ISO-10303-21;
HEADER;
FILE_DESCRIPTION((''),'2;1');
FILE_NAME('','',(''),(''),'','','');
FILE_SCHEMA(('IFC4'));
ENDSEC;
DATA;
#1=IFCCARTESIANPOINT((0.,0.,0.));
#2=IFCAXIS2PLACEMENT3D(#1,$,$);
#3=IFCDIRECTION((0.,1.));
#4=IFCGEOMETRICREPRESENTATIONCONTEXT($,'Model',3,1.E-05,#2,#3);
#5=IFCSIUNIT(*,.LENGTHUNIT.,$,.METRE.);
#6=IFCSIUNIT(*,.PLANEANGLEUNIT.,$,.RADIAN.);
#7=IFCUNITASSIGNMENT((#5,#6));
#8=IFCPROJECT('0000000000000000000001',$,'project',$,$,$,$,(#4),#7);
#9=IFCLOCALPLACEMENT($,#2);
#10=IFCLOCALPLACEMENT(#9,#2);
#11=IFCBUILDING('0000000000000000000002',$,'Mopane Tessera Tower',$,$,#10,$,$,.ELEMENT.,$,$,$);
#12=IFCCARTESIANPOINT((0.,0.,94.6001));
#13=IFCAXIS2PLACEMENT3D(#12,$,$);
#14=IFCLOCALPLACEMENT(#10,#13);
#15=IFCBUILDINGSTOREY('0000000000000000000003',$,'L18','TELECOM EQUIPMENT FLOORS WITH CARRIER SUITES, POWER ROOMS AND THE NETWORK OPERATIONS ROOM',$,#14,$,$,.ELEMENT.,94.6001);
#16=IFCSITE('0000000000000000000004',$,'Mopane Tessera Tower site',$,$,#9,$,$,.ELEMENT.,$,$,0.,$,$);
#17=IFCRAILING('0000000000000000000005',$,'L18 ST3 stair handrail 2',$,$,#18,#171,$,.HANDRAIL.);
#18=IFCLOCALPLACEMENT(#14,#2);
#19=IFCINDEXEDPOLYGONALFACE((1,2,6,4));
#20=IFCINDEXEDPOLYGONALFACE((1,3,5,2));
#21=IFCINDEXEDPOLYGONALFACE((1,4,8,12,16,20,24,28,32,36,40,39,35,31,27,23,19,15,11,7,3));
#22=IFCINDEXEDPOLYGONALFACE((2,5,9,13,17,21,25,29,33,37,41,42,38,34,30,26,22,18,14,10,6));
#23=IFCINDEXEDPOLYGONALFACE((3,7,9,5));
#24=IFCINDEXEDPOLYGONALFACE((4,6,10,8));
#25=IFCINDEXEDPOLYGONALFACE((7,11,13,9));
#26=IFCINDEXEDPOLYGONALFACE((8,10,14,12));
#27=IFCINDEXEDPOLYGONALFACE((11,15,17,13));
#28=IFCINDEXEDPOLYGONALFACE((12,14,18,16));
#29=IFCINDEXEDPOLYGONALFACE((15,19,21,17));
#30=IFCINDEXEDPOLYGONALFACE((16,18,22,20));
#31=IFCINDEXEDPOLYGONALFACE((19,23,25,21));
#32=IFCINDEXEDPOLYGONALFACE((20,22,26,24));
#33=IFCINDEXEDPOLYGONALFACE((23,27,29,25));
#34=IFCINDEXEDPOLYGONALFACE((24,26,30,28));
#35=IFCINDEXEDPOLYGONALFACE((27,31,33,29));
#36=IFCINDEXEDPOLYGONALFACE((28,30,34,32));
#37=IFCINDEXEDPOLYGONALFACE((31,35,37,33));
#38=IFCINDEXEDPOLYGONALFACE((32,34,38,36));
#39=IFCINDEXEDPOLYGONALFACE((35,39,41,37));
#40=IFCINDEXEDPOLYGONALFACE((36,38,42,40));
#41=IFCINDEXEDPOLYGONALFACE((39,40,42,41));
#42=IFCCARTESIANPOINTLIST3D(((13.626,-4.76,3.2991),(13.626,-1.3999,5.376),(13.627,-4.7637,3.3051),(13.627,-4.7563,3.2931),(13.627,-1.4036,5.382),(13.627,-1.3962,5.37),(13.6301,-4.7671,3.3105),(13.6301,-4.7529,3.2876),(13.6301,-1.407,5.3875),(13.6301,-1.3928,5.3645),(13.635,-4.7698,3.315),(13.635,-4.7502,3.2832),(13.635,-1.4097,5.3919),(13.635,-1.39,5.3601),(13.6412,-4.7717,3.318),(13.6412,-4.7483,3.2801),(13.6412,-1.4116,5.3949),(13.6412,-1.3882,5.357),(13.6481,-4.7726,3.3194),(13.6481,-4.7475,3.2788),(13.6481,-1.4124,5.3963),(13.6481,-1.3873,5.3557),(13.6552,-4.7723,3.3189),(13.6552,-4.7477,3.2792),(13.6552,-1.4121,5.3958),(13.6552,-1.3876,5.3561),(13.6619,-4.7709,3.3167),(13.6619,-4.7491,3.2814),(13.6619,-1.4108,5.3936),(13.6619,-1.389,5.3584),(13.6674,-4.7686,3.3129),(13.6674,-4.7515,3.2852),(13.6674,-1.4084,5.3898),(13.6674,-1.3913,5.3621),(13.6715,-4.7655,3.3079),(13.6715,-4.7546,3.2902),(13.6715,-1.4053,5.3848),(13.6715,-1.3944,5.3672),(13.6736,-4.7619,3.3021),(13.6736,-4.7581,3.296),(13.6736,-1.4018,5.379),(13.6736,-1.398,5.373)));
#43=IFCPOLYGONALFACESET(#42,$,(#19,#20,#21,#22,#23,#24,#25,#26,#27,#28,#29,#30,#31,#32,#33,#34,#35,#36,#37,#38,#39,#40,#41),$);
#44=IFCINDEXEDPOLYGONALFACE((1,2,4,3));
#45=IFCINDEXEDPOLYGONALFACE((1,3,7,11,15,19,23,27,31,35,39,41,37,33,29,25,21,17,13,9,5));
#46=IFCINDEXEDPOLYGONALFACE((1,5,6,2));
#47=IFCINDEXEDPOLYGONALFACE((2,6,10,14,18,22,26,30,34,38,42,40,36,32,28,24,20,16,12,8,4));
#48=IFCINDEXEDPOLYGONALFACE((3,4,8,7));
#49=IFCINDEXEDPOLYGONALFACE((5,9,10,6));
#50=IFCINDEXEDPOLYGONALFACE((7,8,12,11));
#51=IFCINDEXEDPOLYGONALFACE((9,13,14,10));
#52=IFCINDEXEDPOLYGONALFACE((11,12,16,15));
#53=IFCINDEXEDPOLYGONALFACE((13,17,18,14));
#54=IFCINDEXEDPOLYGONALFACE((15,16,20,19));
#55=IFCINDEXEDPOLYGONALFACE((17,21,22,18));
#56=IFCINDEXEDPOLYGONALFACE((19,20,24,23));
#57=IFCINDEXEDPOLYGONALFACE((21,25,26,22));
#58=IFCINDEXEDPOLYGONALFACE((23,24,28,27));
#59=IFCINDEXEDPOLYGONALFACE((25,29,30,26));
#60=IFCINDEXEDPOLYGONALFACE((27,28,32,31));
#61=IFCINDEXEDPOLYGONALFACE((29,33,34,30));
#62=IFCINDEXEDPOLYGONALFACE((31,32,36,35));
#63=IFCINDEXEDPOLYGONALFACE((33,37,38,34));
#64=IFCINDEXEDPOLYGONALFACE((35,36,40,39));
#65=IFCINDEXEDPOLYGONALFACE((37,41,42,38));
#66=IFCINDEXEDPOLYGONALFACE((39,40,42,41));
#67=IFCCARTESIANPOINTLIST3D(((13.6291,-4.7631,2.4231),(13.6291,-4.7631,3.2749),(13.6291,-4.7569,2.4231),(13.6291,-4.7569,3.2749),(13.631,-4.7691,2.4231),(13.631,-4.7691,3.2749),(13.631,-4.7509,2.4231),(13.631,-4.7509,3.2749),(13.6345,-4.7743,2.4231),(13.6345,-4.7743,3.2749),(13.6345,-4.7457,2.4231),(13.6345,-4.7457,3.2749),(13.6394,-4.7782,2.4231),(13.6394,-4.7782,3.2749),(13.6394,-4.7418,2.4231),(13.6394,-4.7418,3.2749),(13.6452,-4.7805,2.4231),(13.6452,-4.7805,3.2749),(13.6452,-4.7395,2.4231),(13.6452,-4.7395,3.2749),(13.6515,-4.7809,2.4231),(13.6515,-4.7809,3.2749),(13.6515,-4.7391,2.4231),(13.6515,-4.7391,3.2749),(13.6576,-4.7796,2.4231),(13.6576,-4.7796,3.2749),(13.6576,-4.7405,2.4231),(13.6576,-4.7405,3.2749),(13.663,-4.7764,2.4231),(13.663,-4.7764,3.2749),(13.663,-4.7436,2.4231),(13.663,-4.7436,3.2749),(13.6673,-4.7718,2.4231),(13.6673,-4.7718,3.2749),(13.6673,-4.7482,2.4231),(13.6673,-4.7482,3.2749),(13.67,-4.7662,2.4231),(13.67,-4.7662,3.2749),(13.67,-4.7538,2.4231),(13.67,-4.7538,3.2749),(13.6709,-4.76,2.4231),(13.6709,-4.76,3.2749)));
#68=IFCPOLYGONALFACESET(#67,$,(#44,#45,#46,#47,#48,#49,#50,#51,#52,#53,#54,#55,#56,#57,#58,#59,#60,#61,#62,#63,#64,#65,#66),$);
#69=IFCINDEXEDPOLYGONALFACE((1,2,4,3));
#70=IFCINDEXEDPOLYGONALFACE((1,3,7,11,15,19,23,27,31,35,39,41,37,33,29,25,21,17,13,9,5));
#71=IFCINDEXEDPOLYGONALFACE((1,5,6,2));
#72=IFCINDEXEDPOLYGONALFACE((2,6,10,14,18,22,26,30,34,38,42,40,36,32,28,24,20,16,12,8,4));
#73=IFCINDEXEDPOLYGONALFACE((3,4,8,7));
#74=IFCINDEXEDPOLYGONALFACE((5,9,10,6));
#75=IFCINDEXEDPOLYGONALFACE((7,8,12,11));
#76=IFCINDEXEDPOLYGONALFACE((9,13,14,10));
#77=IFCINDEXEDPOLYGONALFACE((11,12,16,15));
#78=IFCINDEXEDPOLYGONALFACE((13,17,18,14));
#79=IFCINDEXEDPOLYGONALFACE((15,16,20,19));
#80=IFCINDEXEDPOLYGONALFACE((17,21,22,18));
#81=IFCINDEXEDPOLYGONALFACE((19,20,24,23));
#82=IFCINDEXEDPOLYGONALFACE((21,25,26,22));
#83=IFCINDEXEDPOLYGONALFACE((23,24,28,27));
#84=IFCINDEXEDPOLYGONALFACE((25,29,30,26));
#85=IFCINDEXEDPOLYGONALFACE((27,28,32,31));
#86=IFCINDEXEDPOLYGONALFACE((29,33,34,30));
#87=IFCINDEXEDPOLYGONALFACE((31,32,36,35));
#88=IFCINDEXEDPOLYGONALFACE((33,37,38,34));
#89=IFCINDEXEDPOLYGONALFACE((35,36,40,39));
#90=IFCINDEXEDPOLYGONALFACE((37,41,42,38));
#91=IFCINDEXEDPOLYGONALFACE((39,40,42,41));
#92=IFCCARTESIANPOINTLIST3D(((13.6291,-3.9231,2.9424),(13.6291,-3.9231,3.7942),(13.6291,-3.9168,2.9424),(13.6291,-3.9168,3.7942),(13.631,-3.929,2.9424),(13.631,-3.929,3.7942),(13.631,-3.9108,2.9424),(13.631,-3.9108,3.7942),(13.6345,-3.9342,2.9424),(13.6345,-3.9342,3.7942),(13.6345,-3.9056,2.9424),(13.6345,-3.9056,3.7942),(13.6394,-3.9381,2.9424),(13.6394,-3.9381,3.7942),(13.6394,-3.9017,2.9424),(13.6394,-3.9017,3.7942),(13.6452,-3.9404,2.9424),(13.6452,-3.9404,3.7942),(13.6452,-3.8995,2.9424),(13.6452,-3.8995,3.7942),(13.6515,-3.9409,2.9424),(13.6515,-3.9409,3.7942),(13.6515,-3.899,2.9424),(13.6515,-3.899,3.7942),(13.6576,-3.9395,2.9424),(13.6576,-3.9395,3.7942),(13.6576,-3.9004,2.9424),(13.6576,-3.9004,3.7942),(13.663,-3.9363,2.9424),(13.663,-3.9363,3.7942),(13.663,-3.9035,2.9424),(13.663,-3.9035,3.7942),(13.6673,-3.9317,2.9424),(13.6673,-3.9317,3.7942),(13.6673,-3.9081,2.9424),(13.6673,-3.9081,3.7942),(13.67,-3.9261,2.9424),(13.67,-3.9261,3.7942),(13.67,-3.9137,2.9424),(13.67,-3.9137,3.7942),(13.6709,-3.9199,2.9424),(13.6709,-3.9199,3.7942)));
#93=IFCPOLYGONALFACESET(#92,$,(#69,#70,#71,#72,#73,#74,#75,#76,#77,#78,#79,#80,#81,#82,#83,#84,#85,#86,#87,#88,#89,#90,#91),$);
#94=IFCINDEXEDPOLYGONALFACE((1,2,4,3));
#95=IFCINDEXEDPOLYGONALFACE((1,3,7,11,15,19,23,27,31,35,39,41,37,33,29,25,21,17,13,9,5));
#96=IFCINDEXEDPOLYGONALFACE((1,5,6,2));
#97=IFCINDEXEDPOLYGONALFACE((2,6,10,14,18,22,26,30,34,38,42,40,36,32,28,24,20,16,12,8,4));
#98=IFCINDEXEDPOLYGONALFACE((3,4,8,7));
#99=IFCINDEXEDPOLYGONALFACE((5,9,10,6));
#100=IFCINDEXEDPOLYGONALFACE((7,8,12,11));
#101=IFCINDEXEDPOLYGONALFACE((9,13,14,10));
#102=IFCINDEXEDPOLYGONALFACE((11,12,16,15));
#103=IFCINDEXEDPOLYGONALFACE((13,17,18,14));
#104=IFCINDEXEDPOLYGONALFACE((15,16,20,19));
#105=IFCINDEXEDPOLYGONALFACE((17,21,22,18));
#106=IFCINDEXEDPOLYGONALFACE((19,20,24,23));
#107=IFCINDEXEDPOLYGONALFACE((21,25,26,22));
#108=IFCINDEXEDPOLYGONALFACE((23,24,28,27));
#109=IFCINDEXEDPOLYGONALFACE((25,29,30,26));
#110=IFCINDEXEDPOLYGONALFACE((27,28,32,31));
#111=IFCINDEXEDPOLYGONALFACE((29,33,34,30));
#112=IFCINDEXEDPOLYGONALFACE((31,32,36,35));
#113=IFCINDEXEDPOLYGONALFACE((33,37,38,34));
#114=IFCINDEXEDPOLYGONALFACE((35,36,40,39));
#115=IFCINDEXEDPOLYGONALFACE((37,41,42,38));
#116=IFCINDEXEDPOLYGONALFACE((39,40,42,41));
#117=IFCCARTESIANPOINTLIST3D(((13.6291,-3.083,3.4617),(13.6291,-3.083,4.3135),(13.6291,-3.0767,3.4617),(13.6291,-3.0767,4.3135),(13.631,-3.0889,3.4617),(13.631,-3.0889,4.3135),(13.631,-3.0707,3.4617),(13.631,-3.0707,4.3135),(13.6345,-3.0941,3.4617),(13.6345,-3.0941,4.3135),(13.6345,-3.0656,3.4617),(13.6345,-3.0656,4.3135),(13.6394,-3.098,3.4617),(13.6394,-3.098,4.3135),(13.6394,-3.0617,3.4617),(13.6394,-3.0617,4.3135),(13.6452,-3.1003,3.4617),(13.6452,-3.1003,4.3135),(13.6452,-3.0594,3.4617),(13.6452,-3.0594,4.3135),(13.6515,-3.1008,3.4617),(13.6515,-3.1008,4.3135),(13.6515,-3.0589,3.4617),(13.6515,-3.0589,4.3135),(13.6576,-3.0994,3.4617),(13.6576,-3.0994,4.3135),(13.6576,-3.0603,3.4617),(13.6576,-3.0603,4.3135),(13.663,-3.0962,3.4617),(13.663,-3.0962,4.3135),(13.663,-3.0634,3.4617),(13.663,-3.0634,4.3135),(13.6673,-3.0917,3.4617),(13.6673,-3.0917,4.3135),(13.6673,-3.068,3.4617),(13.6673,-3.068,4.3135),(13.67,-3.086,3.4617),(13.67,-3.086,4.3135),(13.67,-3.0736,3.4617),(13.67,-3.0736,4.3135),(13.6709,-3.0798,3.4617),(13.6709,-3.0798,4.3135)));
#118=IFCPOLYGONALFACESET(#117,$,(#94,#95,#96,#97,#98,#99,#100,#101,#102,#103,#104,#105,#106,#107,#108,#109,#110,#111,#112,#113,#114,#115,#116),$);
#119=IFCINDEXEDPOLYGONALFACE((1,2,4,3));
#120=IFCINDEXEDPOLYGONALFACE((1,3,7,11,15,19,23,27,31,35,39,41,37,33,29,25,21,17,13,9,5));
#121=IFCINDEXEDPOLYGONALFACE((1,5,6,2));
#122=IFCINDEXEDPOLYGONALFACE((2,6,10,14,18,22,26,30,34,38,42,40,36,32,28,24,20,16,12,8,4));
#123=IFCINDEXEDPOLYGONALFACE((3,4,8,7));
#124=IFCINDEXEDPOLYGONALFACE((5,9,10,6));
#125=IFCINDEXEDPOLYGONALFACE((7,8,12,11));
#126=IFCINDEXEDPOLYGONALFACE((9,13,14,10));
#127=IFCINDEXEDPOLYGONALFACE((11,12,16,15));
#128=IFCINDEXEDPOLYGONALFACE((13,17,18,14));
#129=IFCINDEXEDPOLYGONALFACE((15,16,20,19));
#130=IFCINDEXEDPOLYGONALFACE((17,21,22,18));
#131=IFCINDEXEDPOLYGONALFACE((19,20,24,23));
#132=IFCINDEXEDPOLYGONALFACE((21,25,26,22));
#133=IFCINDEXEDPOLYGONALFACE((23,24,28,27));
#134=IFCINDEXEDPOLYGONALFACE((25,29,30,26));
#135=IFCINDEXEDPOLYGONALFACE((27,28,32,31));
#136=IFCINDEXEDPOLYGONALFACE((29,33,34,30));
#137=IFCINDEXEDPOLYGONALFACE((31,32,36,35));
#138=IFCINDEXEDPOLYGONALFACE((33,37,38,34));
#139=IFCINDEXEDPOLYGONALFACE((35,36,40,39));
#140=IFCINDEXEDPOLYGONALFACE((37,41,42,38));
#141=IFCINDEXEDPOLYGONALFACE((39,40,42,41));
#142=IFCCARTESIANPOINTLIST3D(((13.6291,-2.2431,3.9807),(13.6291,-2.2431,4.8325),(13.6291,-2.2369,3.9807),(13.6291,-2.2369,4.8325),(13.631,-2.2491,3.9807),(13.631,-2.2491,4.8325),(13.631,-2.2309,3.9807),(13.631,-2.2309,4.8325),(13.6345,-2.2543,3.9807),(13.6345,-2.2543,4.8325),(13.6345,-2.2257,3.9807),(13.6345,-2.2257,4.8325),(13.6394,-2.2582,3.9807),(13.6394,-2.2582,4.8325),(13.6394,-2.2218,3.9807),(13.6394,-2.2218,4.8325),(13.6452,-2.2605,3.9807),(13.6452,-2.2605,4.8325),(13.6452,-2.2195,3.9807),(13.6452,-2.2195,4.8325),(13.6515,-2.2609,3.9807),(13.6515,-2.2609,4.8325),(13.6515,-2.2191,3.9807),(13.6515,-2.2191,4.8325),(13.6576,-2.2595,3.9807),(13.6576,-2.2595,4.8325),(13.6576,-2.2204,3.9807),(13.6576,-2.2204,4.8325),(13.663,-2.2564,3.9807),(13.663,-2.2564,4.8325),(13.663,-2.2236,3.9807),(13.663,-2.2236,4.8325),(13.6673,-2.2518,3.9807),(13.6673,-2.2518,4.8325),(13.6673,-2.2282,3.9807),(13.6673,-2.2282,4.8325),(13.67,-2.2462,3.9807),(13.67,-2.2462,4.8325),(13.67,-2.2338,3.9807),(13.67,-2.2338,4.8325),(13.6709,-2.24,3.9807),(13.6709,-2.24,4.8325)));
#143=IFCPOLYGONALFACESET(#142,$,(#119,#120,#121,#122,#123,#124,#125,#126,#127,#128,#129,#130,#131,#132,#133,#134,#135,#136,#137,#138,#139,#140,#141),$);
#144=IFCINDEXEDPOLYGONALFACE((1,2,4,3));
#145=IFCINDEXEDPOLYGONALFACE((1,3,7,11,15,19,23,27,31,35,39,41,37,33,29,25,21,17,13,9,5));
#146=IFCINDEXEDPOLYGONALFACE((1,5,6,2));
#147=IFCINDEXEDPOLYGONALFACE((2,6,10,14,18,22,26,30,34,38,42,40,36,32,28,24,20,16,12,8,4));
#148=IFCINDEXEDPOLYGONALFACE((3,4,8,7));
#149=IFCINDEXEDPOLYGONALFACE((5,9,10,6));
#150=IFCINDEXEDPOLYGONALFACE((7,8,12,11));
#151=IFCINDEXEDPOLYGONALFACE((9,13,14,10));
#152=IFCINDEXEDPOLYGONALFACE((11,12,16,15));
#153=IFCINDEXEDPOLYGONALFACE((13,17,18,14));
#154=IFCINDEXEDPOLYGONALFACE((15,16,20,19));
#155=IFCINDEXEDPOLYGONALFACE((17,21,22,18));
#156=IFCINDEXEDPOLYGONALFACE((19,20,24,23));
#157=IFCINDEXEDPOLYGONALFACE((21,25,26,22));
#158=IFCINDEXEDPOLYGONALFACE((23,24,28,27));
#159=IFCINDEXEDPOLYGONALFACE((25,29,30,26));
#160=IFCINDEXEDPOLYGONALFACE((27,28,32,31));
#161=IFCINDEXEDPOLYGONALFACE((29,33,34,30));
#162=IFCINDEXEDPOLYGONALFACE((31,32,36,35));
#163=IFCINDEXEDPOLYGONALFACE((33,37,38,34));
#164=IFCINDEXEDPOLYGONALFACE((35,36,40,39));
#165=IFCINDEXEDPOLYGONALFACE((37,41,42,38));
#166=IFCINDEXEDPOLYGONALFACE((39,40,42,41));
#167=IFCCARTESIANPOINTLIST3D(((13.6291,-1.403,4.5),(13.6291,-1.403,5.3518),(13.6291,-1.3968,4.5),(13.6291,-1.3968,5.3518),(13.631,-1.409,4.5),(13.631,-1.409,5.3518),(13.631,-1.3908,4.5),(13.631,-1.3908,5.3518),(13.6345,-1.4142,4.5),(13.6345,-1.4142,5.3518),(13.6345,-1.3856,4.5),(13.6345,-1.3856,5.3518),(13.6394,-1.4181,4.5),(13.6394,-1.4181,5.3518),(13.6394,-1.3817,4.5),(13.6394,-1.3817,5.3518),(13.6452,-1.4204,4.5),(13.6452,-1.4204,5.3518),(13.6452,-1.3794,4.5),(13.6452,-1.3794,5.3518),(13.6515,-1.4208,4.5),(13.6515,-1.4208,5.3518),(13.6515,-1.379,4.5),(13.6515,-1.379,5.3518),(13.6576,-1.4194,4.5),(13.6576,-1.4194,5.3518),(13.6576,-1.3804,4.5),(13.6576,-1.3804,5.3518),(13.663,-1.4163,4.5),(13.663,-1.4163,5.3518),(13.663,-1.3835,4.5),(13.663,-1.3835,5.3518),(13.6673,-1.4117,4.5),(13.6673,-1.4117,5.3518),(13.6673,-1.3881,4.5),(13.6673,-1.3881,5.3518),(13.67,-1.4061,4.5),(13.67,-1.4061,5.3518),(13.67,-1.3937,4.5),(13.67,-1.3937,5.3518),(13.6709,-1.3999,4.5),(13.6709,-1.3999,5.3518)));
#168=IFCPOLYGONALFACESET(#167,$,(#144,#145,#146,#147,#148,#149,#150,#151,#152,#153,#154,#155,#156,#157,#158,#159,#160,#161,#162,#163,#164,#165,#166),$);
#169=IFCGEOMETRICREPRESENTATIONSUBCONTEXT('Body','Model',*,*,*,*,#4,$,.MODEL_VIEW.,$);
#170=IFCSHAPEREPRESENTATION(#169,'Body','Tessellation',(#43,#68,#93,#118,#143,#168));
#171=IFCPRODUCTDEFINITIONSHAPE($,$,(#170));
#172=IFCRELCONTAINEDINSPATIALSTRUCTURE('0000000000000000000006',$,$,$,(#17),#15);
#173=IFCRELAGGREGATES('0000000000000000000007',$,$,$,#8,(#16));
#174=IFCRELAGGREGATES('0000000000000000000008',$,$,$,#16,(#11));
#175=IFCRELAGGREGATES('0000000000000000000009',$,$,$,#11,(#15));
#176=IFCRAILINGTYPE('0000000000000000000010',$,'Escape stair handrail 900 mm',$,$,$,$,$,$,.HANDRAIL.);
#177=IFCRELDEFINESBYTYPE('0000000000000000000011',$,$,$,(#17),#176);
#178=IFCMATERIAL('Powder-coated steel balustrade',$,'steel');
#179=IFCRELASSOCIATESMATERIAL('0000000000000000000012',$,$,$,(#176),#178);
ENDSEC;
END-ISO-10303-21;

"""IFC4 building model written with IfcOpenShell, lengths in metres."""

from ifc_helpers import new_model, si_unit, direction, frame, origin, origin_2d, place, context, subcontext, project, spatial, circle, extrude, material, type_object, element, save


model = new_model("IFC4")

# Units and contexts
model_context = context("Model", 3, precision=1e-05, world=origin(), true_north=direction((0.0, 1.0)))
body_context = subcontext(model_context, "Body", "Model", "MODEL_VIEW")
ifc_project = project(units=[si_unit("LENGTHUNIT", "METRE"), si_unit("PLANEANGLEUNIT", "RADIAN")], contexts=[model_context])

# Site, building, storey
site_placement = place(None, origin())
site = spatial("IfcSite", under=ifc_project, at=site_placement, Name="Mopane Tessera Tower site", CompositionType="ELEMENT", RefElevation=0.0)
building_placement = place(site_placement, origin())
building = spatial("IfcBuilding", under=site, at=building_placement, Name="Mopane Tessera Tower", CompositionType="ELEMENT")
storey_placement = place(building_placement, frame((0.0, 0.0, 94.6001)))
storey = spatial("IfcBuildingStorey", under=building, at=storey_placement, Name="L18", Description="TELECOM EQUIPMENT FLOORS WITH CARRIER SUITES, POWER ROOMS AND THE NETWORK OPERATIONS ROOM", CompositionType="ELEMENT", Elevation=94.6001)

# Railing
ifc_material_1 = material(Name="Powder-coated steel balustrade", Category="steel")
railing_type = type_object("IfcRailingType", Name="Escape stair handrail 900 mm", PredefinedType="HANDRAIL", material=ifc_material_1)
railing_placement = place(storey_placement, frame((13.6499, -4.76, 2.4231)))
element("IfcRailing", 1, at=railing_placement, inside=storey, type_object=railing_type, Name="L18 ST3 stair handrail 2", PredefinedType="HANDRAIL", context=body_context, shape_type="SweptSolid", body=[
    extrude(circle(Radius=0.0239, at=origin_2d()), frame((0.0, 0.0, 0.876), z_axis=(0.0, 0.850623, 0.525776), x_axis=(-1.0, 0.0, 0.0)), (0.0, 0.0, 1.0), 3.9502),
    extrude(circle(Radius=0.021, at=origin_2d()), origin(), (0.0, 0.0, 1.0), 0.8518),
    extrude(circle(Radius=0.021, at=origin_2d()), frame((0.0, 0.8401, 0.5193)), (0.0, 0.0, 1.0), 0.8518),
    extrude(circle(Radius=0.021, at=origin_2d()), frame((0.0, 1.6802, 1.0386)), (0.0, 0.0, 1.0), 0.8518),
    extrude(circle(Radius=0.021, at=origin_2d()), frame((0.0, 2.52, 1.5576)), (0.0, 0.0, 1.0), 0.8518),
    extrude(circle(Radius=0.021, at=origin_2d()), frame((0.0, 3.3601, 2.0769)), (0.0, 0.0, 1.0), 0.8518),
])

save(model, "model.ifc")
